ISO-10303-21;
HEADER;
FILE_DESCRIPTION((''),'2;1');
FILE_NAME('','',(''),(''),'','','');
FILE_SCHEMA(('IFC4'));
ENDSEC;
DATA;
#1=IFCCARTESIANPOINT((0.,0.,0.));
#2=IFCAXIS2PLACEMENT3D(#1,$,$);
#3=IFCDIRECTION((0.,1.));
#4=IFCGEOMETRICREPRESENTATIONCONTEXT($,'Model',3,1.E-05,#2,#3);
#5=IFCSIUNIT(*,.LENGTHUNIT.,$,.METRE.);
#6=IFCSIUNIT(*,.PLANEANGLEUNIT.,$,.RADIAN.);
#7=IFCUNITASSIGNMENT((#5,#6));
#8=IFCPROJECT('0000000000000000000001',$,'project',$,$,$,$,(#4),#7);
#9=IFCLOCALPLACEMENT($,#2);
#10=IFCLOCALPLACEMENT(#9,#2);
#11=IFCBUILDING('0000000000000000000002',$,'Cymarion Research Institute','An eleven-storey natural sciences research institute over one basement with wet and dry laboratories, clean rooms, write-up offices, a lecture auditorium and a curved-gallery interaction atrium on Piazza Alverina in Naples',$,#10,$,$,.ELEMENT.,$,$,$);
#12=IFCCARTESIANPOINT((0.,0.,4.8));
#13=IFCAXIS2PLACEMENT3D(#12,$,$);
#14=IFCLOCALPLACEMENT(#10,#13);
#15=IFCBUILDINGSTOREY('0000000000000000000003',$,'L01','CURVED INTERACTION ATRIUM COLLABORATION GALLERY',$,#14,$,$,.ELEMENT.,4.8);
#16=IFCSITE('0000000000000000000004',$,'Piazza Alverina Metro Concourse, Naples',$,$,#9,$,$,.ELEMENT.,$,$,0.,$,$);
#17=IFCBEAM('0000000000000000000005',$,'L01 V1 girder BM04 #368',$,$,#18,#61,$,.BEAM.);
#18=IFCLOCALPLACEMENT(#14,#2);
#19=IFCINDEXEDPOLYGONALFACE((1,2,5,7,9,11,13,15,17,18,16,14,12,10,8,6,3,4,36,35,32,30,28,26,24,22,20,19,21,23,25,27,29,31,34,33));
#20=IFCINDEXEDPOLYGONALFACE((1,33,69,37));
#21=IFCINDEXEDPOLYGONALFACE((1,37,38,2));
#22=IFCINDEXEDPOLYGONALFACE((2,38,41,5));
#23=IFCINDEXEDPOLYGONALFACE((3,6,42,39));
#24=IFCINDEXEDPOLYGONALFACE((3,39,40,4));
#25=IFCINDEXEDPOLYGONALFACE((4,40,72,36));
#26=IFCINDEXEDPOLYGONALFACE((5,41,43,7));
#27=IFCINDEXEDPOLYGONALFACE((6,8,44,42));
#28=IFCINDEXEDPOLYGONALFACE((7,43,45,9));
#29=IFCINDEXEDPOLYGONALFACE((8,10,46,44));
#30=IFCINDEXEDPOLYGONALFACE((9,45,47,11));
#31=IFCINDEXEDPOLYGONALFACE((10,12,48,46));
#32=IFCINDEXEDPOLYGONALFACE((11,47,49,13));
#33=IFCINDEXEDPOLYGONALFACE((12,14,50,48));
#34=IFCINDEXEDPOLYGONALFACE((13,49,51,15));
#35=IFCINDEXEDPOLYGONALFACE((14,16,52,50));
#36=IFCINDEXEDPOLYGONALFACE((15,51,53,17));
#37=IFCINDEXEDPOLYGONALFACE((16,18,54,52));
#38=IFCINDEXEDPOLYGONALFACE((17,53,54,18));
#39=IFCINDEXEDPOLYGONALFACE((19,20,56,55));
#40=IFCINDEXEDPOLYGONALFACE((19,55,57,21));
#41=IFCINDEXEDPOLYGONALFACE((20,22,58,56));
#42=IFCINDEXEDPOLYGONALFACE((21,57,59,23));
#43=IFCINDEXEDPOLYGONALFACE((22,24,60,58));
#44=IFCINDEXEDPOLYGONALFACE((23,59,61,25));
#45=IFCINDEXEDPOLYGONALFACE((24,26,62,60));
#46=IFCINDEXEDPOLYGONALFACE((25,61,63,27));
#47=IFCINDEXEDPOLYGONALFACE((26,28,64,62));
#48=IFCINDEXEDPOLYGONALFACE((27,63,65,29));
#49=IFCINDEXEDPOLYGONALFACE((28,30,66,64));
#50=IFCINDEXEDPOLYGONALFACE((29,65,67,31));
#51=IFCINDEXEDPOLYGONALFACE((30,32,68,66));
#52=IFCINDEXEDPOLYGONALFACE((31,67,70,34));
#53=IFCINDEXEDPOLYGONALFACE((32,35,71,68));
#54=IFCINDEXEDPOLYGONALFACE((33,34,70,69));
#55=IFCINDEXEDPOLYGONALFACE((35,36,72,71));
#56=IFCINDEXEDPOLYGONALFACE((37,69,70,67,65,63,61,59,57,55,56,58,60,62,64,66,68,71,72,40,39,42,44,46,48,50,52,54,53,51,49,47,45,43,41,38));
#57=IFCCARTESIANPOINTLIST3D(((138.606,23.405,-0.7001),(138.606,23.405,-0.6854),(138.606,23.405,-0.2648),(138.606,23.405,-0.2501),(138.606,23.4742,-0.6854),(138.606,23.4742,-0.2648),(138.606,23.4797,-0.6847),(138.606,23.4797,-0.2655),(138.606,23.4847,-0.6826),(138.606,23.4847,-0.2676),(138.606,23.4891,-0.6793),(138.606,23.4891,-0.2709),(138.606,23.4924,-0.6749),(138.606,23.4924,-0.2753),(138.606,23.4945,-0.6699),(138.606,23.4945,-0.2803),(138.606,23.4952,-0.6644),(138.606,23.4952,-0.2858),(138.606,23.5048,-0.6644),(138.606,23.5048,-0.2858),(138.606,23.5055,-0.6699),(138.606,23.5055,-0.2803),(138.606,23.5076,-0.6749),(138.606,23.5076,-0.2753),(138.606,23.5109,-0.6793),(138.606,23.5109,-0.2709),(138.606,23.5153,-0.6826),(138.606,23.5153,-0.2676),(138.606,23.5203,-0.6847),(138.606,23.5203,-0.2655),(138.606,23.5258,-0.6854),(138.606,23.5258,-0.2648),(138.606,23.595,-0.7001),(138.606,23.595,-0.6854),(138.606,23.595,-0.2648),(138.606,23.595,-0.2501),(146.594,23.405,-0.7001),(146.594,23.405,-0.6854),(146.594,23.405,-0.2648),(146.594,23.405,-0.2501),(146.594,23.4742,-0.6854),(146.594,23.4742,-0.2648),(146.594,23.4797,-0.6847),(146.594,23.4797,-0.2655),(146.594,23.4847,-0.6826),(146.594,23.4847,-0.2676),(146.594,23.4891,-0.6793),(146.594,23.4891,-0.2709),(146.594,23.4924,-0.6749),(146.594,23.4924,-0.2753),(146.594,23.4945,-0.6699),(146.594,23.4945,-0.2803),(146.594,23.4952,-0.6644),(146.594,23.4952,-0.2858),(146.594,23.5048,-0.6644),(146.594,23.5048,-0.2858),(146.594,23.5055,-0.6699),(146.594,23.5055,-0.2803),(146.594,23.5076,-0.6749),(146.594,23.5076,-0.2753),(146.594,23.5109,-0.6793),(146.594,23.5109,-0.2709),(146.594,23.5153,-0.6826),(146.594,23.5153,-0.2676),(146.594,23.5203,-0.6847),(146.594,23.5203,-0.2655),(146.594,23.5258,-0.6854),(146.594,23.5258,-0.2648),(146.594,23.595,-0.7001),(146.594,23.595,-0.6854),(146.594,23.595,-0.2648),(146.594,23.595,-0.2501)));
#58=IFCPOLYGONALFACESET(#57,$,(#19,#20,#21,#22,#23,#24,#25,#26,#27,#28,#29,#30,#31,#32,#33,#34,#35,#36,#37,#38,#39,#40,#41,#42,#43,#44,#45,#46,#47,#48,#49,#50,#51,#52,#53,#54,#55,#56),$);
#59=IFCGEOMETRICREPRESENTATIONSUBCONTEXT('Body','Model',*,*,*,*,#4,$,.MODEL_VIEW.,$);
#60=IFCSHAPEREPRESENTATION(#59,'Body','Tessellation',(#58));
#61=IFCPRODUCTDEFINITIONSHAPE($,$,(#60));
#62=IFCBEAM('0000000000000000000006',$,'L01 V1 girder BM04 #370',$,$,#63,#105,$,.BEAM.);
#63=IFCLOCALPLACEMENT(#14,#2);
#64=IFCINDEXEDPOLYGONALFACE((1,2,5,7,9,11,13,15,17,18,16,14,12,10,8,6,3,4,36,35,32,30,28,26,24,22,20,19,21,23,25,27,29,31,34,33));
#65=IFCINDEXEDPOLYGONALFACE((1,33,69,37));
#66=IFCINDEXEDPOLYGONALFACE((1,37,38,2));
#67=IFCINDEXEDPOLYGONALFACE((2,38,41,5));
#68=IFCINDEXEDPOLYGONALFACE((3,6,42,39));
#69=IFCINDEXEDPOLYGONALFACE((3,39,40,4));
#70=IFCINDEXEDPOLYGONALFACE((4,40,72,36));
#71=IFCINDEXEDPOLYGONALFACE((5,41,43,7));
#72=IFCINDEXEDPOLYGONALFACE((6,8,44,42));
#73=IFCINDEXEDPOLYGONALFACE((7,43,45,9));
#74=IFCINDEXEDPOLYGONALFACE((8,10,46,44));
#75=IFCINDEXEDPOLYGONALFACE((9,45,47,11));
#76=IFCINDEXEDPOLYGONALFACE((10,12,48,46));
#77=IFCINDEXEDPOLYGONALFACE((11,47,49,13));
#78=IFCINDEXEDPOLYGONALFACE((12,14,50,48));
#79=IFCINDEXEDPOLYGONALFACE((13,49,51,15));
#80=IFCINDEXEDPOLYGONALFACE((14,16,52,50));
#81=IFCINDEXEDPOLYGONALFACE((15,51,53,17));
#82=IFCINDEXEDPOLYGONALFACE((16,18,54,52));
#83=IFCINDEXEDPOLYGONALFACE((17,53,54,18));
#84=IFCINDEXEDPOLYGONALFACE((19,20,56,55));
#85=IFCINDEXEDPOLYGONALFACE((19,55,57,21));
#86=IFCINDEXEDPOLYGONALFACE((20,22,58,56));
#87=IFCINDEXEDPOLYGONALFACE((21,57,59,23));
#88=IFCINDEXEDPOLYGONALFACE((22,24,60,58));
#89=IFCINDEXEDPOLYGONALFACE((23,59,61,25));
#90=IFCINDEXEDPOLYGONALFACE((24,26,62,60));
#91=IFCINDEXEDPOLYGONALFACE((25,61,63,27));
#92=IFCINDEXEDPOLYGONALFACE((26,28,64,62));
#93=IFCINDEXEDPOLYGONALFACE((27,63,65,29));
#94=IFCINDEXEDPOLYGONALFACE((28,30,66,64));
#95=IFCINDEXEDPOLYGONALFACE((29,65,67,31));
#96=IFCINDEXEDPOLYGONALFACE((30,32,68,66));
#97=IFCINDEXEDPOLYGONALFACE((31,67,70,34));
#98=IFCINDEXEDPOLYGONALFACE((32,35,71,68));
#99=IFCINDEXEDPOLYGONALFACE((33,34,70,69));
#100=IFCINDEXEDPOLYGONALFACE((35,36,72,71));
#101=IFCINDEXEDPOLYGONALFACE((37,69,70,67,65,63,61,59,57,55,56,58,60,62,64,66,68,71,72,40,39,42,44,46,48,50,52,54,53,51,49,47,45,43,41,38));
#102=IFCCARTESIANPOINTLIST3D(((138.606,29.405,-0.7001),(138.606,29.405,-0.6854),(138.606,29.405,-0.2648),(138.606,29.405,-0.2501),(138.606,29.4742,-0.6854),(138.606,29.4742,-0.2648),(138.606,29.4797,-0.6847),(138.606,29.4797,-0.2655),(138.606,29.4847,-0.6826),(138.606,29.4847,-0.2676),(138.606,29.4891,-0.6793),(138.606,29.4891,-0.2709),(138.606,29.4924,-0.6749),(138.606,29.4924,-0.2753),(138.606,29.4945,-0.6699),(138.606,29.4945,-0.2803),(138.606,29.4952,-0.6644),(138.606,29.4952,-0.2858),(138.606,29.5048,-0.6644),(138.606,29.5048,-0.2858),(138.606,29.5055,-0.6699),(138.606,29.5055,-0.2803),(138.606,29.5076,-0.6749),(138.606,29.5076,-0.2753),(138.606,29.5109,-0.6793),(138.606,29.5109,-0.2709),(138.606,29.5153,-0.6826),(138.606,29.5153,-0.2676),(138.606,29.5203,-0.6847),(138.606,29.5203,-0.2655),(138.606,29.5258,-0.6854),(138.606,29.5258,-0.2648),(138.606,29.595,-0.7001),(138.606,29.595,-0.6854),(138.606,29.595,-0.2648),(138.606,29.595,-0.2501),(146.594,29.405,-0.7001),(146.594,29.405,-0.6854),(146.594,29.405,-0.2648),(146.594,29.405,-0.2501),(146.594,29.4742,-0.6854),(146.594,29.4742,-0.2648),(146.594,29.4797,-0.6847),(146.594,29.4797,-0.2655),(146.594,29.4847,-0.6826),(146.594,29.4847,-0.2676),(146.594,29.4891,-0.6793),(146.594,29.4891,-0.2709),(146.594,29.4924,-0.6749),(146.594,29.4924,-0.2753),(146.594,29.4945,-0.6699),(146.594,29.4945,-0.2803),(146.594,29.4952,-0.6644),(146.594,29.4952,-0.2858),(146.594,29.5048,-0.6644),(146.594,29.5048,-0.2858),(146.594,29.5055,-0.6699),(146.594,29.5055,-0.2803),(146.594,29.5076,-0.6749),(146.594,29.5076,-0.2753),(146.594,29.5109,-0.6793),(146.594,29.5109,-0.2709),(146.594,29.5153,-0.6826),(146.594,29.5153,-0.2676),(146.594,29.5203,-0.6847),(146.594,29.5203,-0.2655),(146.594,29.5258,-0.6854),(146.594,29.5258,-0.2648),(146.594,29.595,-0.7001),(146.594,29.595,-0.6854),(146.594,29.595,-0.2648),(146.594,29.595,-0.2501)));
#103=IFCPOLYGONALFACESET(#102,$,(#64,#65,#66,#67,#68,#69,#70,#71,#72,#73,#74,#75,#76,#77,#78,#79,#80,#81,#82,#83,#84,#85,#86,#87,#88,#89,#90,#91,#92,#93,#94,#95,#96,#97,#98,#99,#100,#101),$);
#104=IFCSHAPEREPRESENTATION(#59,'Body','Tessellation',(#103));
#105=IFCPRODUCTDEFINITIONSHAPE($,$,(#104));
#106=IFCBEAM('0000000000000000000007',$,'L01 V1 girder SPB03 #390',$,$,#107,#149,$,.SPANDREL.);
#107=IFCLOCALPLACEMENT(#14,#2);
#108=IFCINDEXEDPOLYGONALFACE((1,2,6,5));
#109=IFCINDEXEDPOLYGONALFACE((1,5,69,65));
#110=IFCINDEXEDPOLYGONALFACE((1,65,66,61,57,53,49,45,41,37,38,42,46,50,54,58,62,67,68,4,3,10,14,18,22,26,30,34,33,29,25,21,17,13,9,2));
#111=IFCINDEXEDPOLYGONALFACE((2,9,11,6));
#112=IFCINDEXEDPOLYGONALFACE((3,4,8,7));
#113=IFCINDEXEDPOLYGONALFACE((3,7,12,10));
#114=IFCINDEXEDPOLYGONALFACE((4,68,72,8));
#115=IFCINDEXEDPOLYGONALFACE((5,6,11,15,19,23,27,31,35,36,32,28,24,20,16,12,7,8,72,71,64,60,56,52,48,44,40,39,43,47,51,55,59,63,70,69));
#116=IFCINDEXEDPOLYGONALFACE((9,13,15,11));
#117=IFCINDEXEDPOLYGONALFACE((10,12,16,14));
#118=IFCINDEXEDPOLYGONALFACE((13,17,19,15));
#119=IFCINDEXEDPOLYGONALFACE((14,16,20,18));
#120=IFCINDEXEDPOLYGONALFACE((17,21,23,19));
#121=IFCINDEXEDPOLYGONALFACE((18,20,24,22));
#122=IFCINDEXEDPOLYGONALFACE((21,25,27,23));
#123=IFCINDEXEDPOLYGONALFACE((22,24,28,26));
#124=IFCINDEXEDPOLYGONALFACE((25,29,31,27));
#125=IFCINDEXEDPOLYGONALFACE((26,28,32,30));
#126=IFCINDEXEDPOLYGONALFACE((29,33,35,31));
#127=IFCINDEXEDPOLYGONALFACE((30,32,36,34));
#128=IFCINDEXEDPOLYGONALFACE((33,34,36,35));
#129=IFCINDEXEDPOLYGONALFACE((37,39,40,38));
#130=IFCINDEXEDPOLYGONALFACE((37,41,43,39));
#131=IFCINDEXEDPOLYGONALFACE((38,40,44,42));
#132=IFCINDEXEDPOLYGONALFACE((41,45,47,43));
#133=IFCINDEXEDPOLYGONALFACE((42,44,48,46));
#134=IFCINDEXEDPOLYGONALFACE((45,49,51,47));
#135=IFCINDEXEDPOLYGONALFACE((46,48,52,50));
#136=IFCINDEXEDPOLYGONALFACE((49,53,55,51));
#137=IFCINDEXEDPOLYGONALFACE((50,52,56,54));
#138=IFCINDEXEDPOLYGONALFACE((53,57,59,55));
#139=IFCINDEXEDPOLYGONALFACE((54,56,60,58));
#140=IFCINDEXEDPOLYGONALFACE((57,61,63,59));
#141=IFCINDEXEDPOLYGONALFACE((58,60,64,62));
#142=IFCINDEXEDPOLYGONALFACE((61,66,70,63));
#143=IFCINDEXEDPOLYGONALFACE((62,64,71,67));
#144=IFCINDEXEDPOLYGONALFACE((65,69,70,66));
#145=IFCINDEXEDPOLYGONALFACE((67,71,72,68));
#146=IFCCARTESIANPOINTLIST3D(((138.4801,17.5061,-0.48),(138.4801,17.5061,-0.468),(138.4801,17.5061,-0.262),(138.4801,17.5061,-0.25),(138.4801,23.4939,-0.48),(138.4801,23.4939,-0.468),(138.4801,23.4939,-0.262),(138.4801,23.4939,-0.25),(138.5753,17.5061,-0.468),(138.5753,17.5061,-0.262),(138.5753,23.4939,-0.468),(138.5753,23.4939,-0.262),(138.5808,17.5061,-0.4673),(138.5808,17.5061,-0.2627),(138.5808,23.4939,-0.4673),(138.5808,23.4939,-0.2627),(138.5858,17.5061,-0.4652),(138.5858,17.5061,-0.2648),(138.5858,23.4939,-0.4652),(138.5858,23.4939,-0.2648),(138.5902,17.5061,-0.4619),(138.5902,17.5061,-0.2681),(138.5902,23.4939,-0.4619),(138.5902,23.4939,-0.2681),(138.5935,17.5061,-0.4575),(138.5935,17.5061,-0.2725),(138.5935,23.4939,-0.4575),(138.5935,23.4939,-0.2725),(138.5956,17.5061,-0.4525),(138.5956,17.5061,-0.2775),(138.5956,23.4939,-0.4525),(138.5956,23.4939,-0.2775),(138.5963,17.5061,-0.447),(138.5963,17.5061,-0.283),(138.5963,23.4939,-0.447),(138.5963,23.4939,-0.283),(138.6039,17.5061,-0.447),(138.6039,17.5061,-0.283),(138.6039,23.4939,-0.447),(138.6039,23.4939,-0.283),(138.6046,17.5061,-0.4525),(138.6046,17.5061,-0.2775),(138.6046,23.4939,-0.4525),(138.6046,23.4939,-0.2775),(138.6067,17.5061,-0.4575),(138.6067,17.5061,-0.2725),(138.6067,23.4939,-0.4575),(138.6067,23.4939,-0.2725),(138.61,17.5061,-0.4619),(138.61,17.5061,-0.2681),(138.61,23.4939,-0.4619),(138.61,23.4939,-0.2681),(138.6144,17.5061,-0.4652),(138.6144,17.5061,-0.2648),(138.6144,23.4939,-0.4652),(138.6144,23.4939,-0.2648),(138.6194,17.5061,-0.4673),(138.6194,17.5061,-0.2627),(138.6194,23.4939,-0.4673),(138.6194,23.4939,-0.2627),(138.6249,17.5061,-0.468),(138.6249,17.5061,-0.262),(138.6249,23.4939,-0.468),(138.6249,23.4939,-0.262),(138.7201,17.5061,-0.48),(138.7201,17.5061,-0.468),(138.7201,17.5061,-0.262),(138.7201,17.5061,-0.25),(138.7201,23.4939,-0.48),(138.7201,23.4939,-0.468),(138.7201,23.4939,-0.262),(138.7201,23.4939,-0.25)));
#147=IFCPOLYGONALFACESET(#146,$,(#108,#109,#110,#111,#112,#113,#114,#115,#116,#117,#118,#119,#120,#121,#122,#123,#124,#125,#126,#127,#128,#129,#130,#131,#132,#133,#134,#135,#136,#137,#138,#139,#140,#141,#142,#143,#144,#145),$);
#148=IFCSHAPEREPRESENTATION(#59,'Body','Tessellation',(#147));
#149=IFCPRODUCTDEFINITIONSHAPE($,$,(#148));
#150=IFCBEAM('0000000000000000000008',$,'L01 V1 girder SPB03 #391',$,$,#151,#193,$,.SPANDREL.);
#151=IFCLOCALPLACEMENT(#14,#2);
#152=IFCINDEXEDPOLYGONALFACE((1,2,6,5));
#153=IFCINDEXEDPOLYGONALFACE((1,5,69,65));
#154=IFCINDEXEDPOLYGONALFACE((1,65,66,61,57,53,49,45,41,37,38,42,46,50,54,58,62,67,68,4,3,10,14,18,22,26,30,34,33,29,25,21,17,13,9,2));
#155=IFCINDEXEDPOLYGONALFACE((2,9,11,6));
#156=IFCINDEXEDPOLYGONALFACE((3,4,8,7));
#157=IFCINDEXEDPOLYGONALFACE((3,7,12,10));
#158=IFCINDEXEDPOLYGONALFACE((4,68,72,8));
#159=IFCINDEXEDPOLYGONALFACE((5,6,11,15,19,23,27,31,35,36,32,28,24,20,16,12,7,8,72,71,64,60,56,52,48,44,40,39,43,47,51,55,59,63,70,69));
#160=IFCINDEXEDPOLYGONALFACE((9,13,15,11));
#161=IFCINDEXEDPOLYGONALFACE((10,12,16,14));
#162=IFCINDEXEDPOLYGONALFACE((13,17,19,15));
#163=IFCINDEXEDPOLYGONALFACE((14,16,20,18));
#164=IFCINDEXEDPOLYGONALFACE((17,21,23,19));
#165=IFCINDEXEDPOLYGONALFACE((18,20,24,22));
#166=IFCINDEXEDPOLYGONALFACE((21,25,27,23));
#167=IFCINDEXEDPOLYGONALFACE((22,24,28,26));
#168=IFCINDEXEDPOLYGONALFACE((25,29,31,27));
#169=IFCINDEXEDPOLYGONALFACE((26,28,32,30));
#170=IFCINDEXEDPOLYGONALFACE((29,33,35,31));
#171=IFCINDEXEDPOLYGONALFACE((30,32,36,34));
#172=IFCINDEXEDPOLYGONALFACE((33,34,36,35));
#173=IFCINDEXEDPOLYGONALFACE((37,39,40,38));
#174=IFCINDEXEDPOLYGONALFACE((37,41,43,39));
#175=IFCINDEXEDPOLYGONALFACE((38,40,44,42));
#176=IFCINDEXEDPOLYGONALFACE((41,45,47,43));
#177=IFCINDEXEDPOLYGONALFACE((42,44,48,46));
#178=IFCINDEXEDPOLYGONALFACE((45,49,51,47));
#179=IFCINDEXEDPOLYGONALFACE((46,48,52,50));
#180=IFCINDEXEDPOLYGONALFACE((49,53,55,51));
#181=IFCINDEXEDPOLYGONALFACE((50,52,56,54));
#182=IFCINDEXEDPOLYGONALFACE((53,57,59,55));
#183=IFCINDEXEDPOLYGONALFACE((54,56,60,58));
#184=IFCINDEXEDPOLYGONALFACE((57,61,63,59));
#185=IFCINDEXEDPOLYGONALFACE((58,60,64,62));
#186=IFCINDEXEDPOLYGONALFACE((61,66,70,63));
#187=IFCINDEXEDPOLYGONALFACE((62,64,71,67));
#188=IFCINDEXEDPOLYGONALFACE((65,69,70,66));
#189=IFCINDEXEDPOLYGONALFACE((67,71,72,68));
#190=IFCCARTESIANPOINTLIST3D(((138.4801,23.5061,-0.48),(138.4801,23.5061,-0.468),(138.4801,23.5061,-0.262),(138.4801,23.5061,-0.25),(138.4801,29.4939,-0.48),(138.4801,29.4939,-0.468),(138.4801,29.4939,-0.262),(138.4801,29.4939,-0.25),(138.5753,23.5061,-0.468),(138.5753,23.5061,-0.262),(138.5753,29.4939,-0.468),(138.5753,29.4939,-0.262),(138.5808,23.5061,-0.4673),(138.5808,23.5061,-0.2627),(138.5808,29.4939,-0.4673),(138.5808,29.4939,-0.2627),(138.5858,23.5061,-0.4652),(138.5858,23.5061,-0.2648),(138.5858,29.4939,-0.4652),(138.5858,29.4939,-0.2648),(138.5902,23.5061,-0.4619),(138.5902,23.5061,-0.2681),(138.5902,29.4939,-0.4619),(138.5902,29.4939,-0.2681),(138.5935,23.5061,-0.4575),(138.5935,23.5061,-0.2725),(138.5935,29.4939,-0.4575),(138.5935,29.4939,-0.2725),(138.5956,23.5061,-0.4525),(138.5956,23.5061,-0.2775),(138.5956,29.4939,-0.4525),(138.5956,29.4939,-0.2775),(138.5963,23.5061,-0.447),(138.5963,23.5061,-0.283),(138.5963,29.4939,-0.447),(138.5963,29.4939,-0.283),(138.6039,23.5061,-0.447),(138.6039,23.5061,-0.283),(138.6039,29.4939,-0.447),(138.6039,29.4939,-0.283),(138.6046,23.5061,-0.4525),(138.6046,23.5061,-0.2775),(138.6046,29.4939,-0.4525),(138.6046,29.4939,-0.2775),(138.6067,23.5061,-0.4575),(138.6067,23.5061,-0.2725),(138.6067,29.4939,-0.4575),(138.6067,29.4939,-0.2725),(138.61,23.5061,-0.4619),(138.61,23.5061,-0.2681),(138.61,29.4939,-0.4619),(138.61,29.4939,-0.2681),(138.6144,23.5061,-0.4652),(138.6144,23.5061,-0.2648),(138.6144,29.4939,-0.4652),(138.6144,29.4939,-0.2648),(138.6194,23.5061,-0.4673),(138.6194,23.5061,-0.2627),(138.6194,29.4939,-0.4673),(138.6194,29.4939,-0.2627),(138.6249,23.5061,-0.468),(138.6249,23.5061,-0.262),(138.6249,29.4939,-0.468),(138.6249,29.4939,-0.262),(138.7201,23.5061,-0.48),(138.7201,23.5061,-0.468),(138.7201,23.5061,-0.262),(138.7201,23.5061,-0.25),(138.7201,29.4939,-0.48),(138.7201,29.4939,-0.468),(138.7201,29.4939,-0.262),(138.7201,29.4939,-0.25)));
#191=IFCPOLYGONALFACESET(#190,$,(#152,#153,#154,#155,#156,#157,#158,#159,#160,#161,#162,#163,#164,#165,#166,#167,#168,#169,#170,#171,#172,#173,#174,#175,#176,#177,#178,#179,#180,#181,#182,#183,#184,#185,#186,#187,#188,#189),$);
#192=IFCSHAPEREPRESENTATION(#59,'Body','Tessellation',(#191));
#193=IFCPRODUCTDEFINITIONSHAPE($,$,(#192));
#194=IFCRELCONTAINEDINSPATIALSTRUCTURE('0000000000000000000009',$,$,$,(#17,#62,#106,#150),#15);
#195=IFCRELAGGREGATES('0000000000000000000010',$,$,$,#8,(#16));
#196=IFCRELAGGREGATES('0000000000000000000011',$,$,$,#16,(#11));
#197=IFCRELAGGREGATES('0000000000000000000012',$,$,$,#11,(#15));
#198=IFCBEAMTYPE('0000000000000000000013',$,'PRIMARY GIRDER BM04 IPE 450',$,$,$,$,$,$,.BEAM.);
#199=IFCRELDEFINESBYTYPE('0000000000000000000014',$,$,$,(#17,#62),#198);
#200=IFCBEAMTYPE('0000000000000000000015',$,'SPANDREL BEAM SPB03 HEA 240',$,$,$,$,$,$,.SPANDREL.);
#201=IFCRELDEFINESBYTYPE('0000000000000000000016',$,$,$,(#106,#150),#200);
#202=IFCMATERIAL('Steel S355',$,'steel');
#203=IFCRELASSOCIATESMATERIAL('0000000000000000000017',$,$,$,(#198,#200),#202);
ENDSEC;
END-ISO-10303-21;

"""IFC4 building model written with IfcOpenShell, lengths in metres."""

from ifc_helpers import new_model, si_unit, direction, frame, origin, origin_2d, place, context, subcontext, project, spatial, i_section, extrude, material, material_profile, profile_set, type_object, element, save


model = new_model("IFC4")

# Units and contexts
model_context = context("Model", 3, precision=1e-05, world=origin(), true_north=direction((0.0, 1.0)))
body_context = subcontext(model_context, "Body", "Model", "MODEL_VIEW")
ifc_project = project(units=[si_unit("LENGTHUNIT", "METRE"), si_unit("PLANEANGLEUNIT", "RADIAN")], contexts=[model_context])

# Site, building, storey
site_placement = place(None, origin())
site = spatial("IfcSite", under=ifc_project, at=site_placement, Name="Piazza Alverina Metro Concourse, Naples", CompositionType="ELEMENT", RefElevation=0.0)
building_placement = place(site_placement, origin())
building = spatial("IfcBuilding", under=site, at=building_placement, Name="Cymarion Research Institute", Description="An eleven-storey natural sciences research institute over one basement with wet and dry laboratories, clean rooms, write-up offices, a lecture auditorium and a curved-gallery interaction atrium on Piazza Alverina in Naples", CompositionType="ELEMENT")
storey_placement = place(building_placement, frame((0.0, 0.0, 4.8)))
storey = spatial("IfcBuildingStorey", under=building, at=storey_placement, Name="L01", Description="CURVED INTERACTION ATRIUM COLLABORATION GALLERY", CompositionType="ELEMENT", Elevation=4.8)

# Shared definitions
ifc_material_1 = material(Name="Steel S355", Category="steel")

# Beams
ifc_material_profile_1 = material_profile(ifc_material_1, i_section(OverallWidth=0.1899, OverallDepth=0.45, WebThickness=0.0095, FlangeThickness=0.0146, FilletRadius=0.021, at=origin_2d()), Name="IPE 450")
ifc_profile_set_1 = profile_set([ifc_material_profile_1], Name="Steel S355")
beam_type_1 = type_object("IfcBeamType", Name="PRIMARY GIRDER BM04 IPE 450", PredefinedType="BEAM", material=ifc_profile_set_1)
for number, where, z_axis, x_axis, name in (
    (1, (138.606, 23.5, -0.4751), (1.0, 0.0, 0.0), (0.0, 1.0, 0.0), "L01 V1 girder BM04 #368"),
    (2, (138.606, 29.5, -0.4751), (1.0, 0.0, 0.0), (0.0, 1.0, 0.0), "L01 V1 girder BM04 #370"),
):
    element("IfcBeam", number, at=place(storey_placement, frame(where, z_axis=z_axis, x_axis=x_axis)), inside=storey, type_object=beam_type_1, Name=name, PredefinedType="BEAM", context=body_context, shape_type="SweptSolid", body=[
        extrude(i_section(OverallWidth=0.1899, OverallDepth=0.45, WebThickness=0.0095, FlangeThickness=0.0146, FilletRadius=0.021, at=origin_2d()), origin(), (0.0, 0.0, 1.0), 7.988),
    ])
ifc_material_profile_2 = material_profile(ifc_material_1, i_section(OverallWidth=0.24, OverallDepth=0.23, WebThickness=0.0076, FlangeThickness=0.012, FilletRadius=0.021, at=origin_2d()), Name="HEA 240")
ifc_profile_set_2 = profile_set([ifc_material_profile_2], Name="Steel S355")
beam_type_2 = type_object("IfcBeamType", Name="SPANDREL BEAM SPB03 HEA 240", PredefinedType="SPANDREL", material=ifc_profile_set_2)
for number, where, z_axis, x_axis, name in (
    (3, (138.6001, 17.5061, -0.365), (0.0, 1.0, 0.0), (-1.0, 0.0, 0.0), "L01 V1 girder SPB03 #390"),
    (4, (138.6001, 23.5061, -0.365), (0.0, 1.0, 0.0), (-1.0, 0.0, 0.0), "L01 V1 girder SPB03 #391"),
):
    element("IfcBeam", number, at=place(storey_placement, frame(where, z_axis=z_axis, x_axis=x_axis)), inside=storey, type_object=beam_type_2, Name=name, PredefinedType="SPANDREL", context=body_context, shape_type="SweptSolid", body=[
        extrude(i_section(OverallWidth=0.24, OverallDepth=0.23, WebThickness=0.0076, FlangeThickness=0.012, FilletRadius=0.021, at=origin_2d()), origin(), (0.0, 0.0, 1.0), 5.9878),
    ])

save(model, "model.ifc")
